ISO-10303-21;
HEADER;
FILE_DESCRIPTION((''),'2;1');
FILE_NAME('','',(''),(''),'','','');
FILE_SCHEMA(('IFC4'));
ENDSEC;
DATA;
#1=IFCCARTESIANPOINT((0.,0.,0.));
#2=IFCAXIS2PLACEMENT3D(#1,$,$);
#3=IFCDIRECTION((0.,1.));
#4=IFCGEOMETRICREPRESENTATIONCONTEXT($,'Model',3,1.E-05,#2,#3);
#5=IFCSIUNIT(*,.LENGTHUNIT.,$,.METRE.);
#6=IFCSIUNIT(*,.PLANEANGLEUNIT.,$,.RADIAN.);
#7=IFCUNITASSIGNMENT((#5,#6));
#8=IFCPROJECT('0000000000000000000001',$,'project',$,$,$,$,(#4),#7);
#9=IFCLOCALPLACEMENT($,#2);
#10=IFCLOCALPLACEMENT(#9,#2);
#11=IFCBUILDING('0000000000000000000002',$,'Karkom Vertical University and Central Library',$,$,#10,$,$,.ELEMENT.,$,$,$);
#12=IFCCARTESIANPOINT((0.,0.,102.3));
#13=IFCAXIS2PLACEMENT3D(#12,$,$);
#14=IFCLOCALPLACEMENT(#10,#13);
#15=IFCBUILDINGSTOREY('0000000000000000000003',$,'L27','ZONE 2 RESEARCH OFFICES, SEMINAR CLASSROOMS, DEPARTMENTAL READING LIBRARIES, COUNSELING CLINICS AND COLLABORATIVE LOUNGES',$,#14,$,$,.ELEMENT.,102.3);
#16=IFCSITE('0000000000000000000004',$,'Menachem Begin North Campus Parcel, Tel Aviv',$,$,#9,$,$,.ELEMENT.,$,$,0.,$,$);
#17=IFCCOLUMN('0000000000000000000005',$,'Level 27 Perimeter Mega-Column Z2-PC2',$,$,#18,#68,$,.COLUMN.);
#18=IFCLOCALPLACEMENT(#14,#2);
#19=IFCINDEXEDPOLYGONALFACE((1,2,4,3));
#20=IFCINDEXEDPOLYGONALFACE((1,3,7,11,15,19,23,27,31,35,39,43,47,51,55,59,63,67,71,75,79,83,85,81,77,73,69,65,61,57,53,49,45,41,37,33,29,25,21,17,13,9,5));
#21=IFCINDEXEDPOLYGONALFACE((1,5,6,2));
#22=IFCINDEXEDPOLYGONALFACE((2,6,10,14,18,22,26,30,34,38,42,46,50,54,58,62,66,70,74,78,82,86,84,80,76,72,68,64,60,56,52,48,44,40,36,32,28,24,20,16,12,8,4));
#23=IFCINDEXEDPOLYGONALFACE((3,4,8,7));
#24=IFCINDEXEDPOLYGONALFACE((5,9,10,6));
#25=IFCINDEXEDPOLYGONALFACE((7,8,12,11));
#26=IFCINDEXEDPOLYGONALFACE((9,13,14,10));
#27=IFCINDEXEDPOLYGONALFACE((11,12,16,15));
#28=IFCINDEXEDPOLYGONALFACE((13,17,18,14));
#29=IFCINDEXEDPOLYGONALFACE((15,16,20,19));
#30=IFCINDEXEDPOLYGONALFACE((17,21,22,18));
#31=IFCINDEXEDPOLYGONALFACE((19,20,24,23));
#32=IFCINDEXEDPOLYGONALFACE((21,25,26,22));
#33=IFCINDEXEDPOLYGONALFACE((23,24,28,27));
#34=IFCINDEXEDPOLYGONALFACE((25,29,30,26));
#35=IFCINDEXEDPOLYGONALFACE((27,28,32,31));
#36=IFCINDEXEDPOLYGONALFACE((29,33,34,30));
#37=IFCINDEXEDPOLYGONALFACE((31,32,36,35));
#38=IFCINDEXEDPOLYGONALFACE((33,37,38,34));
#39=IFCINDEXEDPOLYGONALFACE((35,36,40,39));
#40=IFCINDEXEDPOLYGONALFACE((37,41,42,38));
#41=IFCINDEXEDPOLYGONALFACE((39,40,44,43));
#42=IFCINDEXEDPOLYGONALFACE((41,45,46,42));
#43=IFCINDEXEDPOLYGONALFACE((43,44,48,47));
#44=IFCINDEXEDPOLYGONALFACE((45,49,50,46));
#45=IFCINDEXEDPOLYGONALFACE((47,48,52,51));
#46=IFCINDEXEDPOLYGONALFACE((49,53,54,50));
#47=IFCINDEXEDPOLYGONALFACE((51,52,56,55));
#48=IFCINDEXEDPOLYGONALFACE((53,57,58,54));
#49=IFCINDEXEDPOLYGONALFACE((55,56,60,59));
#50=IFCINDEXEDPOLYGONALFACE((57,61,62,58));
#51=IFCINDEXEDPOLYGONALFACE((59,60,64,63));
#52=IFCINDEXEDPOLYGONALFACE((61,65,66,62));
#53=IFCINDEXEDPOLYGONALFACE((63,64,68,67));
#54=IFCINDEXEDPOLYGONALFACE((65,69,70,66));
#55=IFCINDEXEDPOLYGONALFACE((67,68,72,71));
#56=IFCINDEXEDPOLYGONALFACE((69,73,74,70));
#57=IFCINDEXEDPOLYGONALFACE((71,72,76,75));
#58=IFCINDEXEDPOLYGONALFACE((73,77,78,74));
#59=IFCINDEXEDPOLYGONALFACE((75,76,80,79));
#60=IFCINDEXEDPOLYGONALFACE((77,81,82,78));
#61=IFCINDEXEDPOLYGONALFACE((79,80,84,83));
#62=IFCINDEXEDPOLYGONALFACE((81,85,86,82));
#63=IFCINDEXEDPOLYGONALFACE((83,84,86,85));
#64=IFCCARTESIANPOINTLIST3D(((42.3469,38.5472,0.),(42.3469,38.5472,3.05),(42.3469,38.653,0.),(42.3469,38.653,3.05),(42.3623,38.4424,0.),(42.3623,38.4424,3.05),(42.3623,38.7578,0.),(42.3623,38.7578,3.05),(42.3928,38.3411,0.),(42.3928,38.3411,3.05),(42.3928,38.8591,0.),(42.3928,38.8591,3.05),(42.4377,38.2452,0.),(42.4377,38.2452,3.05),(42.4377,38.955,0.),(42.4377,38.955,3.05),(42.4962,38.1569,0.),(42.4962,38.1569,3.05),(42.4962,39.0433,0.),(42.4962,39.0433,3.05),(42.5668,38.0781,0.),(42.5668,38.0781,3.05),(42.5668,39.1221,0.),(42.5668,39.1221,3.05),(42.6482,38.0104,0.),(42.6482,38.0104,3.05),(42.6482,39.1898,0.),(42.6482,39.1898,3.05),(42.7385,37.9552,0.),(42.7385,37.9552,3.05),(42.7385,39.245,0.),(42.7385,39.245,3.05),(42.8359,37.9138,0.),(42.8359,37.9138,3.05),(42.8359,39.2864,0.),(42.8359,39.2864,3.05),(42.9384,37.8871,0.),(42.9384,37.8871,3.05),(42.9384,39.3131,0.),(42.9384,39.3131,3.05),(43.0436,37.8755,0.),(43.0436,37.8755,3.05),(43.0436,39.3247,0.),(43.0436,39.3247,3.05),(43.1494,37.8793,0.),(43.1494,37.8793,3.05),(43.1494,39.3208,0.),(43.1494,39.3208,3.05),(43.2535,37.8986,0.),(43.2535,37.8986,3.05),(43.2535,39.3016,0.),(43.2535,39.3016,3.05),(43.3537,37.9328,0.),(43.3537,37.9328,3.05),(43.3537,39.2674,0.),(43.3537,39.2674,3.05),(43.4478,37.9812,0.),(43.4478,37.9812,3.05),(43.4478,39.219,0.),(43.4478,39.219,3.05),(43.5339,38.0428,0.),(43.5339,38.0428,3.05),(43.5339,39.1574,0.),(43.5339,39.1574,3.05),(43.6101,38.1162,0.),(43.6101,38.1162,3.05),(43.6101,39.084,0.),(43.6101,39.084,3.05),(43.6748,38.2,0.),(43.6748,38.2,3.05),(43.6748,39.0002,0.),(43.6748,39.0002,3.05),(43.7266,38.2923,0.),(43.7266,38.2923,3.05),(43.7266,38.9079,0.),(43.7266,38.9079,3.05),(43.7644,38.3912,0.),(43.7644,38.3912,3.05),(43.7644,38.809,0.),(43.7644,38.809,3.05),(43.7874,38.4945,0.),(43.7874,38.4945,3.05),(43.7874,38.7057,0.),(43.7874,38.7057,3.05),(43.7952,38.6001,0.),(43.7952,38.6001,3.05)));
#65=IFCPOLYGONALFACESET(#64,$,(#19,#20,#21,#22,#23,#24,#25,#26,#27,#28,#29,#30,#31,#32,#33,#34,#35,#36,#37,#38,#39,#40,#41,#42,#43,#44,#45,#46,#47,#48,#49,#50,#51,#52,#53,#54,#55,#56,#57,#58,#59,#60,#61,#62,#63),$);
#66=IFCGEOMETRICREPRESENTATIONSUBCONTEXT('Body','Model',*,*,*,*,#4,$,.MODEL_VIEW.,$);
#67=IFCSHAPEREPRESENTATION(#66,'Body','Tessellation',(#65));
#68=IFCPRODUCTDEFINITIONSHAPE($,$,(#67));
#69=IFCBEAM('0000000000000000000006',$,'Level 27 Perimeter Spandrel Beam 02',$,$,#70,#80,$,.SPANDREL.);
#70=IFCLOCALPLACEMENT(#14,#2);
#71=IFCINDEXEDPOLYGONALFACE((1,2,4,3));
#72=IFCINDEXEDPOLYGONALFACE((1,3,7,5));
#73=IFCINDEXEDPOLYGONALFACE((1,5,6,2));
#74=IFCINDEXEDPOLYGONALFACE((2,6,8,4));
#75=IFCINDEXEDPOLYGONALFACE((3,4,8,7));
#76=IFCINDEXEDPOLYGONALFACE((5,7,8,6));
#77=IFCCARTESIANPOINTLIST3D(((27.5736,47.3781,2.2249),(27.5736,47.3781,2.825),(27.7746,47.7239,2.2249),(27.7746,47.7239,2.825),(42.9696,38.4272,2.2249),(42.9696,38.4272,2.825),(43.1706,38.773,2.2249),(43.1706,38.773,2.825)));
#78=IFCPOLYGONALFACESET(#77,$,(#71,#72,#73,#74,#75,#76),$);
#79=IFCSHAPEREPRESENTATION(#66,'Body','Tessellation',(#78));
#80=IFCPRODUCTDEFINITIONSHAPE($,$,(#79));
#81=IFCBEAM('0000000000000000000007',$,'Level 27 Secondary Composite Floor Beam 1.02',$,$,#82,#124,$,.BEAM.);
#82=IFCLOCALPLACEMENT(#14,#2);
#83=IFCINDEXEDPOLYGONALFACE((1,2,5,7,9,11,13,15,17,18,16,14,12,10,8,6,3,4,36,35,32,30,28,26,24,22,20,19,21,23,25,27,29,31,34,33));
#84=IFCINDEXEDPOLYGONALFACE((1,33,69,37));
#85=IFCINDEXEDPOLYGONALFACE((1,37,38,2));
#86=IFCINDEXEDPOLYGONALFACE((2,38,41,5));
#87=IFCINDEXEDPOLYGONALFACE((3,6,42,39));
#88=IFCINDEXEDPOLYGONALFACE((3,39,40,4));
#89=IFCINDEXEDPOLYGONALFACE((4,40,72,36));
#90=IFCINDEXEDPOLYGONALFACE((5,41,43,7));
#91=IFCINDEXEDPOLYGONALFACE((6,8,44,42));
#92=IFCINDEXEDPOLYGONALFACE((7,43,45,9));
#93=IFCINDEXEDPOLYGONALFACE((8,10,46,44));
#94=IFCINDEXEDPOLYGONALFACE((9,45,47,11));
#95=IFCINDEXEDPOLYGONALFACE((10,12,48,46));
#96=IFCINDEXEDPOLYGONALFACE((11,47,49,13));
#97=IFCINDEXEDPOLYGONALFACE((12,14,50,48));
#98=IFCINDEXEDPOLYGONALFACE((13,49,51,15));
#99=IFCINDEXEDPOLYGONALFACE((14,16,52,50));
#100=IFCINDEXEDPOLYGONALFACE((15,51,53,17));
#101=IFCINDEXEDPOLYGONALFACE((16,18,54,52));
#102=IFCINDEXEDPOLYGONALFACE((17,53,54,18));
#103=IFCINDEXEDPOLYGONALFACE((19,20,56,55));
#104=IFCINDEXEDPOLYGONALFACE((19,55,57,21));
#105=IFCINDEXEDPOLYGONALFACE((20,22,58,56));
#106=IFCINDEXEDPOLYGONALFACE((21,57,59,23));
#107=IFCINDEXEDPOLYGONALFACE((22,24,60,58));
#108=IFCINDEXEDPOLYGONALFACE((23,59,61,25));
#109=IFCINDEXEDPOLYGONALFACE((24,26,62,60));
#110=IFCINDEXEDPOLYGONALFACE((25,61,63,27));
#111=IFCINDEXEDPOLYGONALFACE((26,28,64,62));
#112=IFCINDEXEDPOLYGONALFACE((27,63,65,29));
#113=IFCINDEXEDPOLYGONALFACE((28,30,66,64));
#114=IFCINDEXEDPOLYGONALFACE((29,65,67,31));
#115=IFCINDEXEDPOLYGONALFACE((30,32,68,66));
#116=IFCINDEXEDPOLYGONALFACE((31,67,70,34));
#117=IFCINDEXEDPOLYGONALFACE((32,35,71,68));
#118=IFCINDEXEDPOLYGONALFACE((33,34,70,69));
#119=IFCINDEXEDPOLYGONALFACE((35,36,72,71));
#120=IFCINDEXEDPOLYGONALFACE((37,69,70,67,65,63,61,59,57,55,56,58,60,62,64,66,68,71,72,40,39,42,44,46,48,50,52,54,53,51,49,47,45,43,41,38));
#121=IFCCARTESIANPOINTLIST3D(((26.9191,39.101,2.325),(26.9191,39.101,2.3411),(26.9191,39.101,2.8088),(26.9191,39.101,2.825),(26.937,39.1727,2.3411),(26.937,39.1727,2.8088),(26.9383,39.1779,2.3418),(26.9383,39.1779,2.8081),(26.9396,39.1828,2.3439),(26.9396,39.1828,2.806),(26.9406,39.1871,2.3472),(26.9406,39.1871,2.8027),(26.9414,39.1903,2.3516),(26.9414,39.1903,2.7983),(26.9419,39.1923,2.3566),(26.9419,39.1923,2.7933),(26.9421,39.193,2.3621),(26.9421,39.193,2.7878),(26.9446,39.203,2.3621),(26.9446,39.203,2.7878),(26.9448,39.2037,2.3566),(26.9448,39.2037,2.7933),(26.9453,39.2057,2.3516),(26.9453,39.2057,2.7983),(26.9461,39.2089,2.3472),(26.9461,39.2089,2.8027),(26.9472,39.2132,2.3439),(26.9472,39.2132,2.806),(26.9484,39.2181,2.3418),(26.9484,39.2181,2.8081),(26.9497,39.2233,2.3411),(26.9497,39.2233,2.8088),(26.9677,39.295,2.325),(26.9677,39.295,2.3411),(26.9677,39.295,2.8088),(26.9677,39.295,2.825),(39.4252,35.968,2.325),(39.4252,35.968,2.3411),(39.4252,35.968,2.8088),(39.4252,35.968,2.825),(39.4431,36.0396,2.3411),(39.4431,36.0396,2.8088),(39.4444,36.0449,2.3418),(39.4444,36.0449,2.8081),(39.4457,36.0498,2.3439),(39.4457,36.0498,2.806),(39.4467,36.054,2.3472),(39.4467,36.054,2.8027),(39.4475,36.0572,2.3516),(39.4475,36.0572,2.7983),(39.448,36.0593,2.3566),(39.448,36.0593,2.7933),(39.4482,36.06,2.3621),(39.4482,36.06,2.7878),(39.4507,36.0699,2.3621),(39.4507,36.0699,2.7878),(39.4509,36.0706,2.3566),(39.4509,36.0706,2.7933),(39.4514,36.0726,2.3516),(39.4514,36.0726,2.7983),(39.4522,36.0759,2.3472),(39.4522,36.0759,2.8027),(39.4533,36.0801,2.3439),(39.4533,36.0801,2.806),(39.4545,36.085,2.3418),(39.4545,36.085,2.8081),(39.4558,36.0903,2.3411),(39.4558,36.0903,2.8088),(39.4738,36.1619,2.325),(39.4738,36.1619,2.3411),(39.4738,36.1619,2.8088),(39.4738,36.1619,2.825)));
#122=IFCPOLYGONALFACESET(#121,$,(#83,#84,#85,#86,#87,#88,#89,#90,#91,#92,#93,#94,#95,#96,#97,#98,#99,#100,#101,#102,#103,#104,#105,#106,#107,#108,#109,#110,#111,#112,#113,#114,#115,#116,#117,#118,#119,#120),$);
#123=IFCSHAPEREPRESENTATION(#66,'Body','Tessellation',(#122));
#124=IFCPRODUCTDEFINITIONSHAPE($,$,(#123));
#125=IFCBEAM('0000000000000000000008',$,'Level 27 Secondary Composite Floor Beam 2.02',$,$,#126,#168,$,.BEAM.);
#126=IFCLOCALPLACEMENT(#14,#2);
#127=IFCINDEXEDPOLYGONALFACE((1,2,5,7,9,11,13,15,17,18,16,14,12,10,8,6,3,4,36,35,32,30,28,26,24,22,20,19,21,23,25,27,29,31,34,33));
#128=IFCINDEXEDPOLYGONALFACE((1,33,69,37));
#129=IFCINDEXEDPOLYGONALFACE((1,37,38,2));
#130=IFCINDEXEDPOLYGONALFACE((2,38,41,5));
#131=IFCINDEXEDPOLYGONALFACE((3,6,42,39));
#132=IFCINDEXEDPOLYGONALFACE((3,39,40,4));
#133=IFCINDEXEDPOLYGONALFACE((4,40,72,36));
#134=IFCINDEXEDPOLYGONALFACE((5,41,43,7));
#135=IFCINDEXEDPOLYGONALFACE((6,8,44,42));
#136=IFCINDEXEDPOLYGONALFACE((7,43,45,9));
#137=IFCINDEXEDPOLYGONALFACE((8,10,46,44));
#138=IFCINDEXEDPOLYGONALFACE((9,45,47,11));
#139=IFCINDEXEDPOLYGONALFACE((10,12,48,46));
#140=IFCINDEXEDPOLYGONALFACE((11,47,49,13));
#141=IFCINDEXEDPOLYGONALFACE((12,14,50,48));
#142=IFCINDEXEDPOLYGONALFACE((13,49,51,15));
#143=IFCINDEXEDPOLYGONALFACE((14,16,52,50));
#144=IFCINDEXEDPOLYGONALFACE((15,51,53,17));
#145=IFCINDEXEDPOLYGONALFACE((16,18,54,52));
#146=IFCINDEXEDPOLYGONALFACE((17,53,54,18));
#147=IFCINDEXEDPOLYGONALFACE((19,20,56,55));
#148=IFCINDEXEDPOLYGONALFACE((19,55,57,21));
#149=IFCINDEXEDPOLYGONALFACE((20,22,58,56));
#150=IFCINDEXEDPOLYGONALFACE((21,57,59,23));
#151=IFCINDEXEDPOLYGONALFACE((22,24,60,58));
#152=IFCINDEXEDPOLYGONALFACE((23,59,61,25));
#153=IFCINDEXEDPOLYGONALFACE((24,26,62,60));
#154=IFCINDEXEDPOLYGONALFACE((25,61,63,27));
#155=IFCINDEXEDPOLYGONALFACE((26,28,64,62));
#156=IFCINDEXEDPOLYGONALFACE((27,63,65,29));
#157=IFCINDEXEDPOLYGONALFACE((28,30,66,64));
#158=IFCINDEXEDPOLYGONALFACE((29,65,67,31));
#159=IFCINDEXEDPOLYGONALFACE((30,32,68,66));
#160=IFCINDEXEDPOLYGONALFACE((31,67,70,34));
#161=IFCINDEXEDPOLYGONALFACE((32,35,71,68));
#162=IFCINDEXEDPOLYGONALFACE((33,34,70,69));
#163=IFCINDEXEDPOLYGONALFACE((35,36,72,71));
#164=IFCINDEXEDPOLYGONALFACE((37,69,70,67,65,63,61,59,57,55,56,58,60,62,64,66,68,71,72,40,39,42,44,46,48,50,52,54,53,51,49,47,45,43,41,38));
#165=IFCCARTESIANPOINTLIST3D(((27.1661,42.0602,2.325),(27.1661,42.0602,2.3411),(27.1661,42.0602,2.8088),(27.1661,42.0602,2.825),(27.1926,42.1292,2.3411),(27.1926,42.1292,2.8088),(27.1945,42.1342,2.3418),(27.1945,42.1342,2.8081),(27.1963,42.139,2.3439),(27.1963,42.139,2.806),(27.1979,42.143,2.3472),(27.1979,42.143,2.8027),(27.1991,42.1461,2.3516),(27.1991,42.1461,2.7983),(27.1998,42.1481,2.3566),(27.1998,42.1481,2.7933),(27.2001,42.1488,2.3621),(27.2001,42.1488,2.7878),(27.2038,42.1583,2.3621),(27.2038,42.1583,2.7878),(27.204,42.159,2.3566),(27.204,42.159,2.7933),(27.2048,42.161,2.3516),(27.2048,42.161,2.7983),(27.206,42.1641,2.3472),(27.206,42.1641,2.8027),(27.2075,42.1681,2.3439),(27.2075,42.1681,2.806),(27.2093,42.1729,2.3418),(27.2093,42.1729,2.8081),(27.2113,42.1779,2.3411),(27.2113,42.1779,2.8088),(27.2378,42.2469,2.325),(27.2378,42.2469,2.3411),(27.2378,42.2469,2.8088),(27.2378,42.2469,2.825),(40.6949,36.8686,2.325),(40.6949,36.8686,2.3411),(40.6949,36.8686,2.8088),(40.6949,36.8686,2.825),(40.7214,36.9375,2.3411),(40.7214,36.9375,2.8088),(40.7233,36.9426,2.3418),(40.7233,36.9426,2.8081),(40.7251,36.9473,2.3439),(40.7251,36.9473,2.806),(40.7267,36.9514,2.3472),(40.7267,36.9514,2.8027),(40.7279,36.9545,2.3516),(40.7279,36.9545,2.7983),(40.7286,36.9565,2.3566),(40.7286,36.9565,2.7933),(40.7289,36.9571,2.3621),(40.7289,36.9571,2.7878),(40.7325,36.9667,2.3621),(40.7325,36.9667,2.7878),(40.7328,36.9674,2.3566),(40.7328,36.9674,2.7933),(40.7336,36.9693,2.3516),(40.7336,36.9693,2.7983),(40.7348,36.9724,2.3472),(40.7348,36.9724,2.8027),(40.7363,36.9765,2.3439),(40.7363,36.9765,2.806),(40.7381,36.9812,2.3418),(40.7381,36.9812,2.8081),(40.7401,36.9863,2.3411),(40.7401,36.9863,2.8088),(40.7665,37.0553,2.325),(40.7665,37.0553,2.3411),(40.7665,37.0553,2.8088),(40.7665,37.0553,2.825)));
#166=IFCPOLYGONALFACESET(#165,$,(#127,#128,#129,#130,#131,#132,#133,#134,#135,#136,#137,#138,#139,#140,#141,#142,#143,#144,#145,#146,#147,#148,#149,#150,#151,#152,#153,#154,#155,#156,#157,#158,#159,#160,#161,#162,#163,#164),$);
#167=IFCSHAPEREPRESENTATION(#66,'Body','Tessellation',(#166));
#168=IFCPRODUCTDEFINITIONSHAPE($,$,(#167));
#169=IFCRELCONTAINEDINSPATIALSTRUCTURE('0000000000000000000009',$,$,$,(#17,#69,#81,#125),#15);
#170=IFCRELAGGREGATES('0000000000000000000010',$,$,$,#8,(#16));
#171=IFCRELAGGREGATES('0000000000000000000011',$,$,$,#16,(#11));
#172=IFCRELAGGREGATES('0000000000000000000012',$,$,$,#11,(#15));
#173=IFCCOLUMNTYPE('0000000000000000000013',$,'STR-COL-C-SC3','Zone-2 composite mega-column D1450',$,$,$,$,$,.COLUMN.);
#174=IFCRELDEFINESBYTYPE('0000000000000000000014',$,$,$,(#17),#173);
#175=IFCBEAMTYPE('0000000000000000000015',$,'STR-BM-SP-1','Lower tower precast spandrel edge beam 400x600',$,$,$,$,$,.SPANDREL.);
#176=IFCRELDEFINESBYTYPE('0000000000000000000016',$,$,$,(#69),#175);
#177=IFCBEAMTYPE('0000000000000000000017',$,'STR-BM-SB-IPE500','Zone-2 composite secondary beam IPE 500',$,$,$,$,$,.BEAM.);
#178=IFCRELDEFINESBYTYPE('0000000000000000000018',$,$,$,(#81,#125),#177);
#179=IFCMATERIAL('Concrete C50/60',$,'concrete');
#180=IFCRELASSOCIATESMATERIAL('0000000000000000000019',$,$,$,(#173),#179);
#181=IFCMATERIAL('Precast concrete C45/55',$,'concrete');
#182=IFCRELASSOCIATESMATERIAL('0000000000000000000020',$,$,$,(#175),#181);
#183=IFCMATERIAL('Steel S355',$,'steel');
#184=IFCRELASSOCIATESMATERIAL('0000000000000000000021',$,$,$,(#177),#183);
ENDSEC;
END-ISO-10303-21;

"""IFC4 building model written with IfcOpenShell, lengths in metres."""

from ifc_helpers import new_model, si_unit, direction, frame, origin, origin_with_axes, origin_2d, place, context, subcontext, project, spatial, rectangle, circle, i_section, extrude, source, transform, mapped, material, material_profile, profile_set, type_object, element, save


model = new_model("IFC4")

# Units and contexts
model_context = context("Model", 3, precision=1e-05, world=origin(), true_north=direction((0.0, 1.0)))
body_context = subcontext(model_context, "Body", "Model", "MODEL_VIEW")
ifc_project = project(units=[si_unit("LENGTHUNIT", "METRE"), si_unit("PLANEANGLEUNIT", "RADIAN")], contexts=[model_context])

# Site, building, storey
site_placement = place(None, origin())
site = spatial("IfcSite", under=ifc_project, at=site_placement, Name="Menachem Begin North Campus Parcel, Tel Aviv", CompositionType="ELEMENT", RefElevation=0.0)
building_placement = place(site_placement, origin())
building = spatial("IfcBuilding", under=site, at=building_placement, Name="Karkom Vertical University and Central Library", CompositionType="ELEMENT")
storey_placement = place(building_placement, frame((0.0, 0.0, 102.3)))
storey = spatial("IfcBuildingStorey", under=building, at=storey_placement, Name="L27", Description="ZONE 2 RESEARCH OFFICES, SEMINAR CLASSROOMS, DEPARTMENTAL READING LIBRARIES, COUNSELING CLINICS AND COLLABORATIVE LOUNGES", CompositionType="ELEMENT", Elevation=102.3)

# Column
ifc_material_1 = material(Name="Concrete C50/60", Category="concrete")
ifc_material_profile_1 = material_profile(ifc_material_1, circle(Radius=0.7251, at=origin_2d()), Name="CFT-D1450")
ifc_profile_set_1 = profile_set([ifc_material_profile_1], Name="Concrete C50/60")
column_type = type_object("IfcColumnType", Name="STR-COL-C-SC3", Description="Zone-2 composite mega-column D1450", PredefinedType="COLUMN", material=ifc_profile_set_1)
shared_shape_1 = source(origin_with_axes(), body_context, "Body", "SweptSolid", [
    extrude(circle(Radius=0.7251, at=origin_2d()), origin(), (0.0, 0.0, 1.0), 3.05),
])
column_placement = place(storey_placement, frame((43.0701, 38.6001, 0.0), z_axis=(0.0, 0.0, 1.0), x_axis=(1.0, 0.0, 0.0)))
element("IfcColumn", 1, at=column_placement, inside=storey, type_object=column_type, Name="Level 27 Perimeter Mega-Column Z2-PC2", PredefinedType="COLUMN", context=body_context, shape_type="MappedRepresentation", body=[
    mapped(shared_shape_1, transform((0.0, 0.0, 0.0), scale=1.0)),
])

# Beams
ifc_material_2 = material(Name="Precast concrete C45/55", Category="concrete")
ifc_material_profile_2 = material_profile(ifc_material_2, rectangle(XDim=0.3999, YDim=0.6001, at=origin_2d()), Name="SPB-400x600")
ifc_profile_set_2 = profile_set([ifc_material_profile_2], Name="Precast concrete C45/55")
beam_type_1 = type_object("IfcBeamType", Name="STR-BM-SP-1", Description="Lower tower precast spandrel edge beam 400x600", PredefinedType="SPANDREL", material=ifc_profile_set_2)
shared_shape_2 = source(origin_with_axes(), body_context, "Body", "SweptSolid", [
    extrude(rectangle(XDim=0.3999, YDim=0.6001, at=origin_2d()), origin(), (0.0, 0.0, 1.0), 17.8088),
])
beam_1_placement = place(storey_placement, frame((43.0701, 38.6001, 2.5249), z_axis=(-0.864513, 0.502611, 0.0), x_axis=(-0.502611, -0.864513, 0.0)))
element("IfcBeam", 2, at=beam_1_placement, inside=storey, type_object=beam_type_1, Name="Level 27 Perimeter Spandrel Beam 02", PredefinedType="SPANDREL", context=body_context, shape_type="MappedRepresentation", body=[
    mapped(shared_shape_2, transform((0.0, 0.0, 0.0), scale=1.0)),
])
ifc_material_3 = material(Name="Steel S355", Category="steel")
ifc_material_profile_3 = material_profile(ifc_material_3, i_section(OverallWidth=0.2, OverallDepth=0.5, WebThickness=0.0103, FlangeThickness=0.0161, FilletRadius=0.021, at=origin_2d()), Name="IPE 500")
ifc_profile_set_3 = profile_set([ifc_material_profile_3], Name="Steel S355")
beam_type_2 = type_object("IfcBeamType", Name="STR-BM-SB-IPE500", Description="Zone-2 composite secondary beam IPE 500", PredefinedType="BEAM", material=ifc_profile_set_3)
shared_shape_3 = source(origin_with_axes(), body_context, "Body", "SweptSolid", [
    extrude(i_section(OverallWidth=0.2, OverallDepth=0.5, WebThickness=0.0103, FlangeThickness=0.0161, FilletRadius=0.021, at=origin_2d()), origin(), (0.0, 0.0, 1.0), 12.8926),
])
beam_2_placement = place(storey_placement, frame((39.4495, 36.0649, 2.575), z_axis=(-0.970023, 0.243012, 0.0), x_axis=(-0.243012, -0.970023, 0.0)))
element("IfcBeam", 3, at=beam_2_placement, inside=storey, type_object=beam_type_2, Name="Level 27 Secondary Composite Floor Beam 1.02", PredefinedType="BEAM", context=body_context, shape_type="MappedRepresentation", body=[
    mapped(shared_shape_3, transform((0.0, 0.0, 0.0), scale=1.0)),
])
shared_shape_4 = source(origin_with_axes(), body_context, "Body", "SweptSolid", [
    extrude(i_section(OverallWidth=0.2, OverallDepth=0.5, WebThickness=0.0103, FlangeThickness=0.0161, FilletRadius=0.021, at=origin_2d()), origin(), (0.0, 0.0, 1.0), 14.4907),
])
beam_3_placement = place(storey_placement, frame((40.7307, 36.9619, 2.575), z_axis=(-0.933617, 0.358273, 0.0), x_axis=(-0.358273, -0.933617, 0.0)))
element("IfcBeam", 4, at=beam_3_placement, inside=storey, type_object=beam_type_2, Name="Level 27 Secondary Composite Floor Beam 2.02", PredefinedType="BEAM", context=body_context, shape_type="MappedRepresentation", body=[
    mapped(shared_shape_4, transform((0.0, 0.0, 0.0), scale=1.0)),
])

save(model, "model.ifc")
